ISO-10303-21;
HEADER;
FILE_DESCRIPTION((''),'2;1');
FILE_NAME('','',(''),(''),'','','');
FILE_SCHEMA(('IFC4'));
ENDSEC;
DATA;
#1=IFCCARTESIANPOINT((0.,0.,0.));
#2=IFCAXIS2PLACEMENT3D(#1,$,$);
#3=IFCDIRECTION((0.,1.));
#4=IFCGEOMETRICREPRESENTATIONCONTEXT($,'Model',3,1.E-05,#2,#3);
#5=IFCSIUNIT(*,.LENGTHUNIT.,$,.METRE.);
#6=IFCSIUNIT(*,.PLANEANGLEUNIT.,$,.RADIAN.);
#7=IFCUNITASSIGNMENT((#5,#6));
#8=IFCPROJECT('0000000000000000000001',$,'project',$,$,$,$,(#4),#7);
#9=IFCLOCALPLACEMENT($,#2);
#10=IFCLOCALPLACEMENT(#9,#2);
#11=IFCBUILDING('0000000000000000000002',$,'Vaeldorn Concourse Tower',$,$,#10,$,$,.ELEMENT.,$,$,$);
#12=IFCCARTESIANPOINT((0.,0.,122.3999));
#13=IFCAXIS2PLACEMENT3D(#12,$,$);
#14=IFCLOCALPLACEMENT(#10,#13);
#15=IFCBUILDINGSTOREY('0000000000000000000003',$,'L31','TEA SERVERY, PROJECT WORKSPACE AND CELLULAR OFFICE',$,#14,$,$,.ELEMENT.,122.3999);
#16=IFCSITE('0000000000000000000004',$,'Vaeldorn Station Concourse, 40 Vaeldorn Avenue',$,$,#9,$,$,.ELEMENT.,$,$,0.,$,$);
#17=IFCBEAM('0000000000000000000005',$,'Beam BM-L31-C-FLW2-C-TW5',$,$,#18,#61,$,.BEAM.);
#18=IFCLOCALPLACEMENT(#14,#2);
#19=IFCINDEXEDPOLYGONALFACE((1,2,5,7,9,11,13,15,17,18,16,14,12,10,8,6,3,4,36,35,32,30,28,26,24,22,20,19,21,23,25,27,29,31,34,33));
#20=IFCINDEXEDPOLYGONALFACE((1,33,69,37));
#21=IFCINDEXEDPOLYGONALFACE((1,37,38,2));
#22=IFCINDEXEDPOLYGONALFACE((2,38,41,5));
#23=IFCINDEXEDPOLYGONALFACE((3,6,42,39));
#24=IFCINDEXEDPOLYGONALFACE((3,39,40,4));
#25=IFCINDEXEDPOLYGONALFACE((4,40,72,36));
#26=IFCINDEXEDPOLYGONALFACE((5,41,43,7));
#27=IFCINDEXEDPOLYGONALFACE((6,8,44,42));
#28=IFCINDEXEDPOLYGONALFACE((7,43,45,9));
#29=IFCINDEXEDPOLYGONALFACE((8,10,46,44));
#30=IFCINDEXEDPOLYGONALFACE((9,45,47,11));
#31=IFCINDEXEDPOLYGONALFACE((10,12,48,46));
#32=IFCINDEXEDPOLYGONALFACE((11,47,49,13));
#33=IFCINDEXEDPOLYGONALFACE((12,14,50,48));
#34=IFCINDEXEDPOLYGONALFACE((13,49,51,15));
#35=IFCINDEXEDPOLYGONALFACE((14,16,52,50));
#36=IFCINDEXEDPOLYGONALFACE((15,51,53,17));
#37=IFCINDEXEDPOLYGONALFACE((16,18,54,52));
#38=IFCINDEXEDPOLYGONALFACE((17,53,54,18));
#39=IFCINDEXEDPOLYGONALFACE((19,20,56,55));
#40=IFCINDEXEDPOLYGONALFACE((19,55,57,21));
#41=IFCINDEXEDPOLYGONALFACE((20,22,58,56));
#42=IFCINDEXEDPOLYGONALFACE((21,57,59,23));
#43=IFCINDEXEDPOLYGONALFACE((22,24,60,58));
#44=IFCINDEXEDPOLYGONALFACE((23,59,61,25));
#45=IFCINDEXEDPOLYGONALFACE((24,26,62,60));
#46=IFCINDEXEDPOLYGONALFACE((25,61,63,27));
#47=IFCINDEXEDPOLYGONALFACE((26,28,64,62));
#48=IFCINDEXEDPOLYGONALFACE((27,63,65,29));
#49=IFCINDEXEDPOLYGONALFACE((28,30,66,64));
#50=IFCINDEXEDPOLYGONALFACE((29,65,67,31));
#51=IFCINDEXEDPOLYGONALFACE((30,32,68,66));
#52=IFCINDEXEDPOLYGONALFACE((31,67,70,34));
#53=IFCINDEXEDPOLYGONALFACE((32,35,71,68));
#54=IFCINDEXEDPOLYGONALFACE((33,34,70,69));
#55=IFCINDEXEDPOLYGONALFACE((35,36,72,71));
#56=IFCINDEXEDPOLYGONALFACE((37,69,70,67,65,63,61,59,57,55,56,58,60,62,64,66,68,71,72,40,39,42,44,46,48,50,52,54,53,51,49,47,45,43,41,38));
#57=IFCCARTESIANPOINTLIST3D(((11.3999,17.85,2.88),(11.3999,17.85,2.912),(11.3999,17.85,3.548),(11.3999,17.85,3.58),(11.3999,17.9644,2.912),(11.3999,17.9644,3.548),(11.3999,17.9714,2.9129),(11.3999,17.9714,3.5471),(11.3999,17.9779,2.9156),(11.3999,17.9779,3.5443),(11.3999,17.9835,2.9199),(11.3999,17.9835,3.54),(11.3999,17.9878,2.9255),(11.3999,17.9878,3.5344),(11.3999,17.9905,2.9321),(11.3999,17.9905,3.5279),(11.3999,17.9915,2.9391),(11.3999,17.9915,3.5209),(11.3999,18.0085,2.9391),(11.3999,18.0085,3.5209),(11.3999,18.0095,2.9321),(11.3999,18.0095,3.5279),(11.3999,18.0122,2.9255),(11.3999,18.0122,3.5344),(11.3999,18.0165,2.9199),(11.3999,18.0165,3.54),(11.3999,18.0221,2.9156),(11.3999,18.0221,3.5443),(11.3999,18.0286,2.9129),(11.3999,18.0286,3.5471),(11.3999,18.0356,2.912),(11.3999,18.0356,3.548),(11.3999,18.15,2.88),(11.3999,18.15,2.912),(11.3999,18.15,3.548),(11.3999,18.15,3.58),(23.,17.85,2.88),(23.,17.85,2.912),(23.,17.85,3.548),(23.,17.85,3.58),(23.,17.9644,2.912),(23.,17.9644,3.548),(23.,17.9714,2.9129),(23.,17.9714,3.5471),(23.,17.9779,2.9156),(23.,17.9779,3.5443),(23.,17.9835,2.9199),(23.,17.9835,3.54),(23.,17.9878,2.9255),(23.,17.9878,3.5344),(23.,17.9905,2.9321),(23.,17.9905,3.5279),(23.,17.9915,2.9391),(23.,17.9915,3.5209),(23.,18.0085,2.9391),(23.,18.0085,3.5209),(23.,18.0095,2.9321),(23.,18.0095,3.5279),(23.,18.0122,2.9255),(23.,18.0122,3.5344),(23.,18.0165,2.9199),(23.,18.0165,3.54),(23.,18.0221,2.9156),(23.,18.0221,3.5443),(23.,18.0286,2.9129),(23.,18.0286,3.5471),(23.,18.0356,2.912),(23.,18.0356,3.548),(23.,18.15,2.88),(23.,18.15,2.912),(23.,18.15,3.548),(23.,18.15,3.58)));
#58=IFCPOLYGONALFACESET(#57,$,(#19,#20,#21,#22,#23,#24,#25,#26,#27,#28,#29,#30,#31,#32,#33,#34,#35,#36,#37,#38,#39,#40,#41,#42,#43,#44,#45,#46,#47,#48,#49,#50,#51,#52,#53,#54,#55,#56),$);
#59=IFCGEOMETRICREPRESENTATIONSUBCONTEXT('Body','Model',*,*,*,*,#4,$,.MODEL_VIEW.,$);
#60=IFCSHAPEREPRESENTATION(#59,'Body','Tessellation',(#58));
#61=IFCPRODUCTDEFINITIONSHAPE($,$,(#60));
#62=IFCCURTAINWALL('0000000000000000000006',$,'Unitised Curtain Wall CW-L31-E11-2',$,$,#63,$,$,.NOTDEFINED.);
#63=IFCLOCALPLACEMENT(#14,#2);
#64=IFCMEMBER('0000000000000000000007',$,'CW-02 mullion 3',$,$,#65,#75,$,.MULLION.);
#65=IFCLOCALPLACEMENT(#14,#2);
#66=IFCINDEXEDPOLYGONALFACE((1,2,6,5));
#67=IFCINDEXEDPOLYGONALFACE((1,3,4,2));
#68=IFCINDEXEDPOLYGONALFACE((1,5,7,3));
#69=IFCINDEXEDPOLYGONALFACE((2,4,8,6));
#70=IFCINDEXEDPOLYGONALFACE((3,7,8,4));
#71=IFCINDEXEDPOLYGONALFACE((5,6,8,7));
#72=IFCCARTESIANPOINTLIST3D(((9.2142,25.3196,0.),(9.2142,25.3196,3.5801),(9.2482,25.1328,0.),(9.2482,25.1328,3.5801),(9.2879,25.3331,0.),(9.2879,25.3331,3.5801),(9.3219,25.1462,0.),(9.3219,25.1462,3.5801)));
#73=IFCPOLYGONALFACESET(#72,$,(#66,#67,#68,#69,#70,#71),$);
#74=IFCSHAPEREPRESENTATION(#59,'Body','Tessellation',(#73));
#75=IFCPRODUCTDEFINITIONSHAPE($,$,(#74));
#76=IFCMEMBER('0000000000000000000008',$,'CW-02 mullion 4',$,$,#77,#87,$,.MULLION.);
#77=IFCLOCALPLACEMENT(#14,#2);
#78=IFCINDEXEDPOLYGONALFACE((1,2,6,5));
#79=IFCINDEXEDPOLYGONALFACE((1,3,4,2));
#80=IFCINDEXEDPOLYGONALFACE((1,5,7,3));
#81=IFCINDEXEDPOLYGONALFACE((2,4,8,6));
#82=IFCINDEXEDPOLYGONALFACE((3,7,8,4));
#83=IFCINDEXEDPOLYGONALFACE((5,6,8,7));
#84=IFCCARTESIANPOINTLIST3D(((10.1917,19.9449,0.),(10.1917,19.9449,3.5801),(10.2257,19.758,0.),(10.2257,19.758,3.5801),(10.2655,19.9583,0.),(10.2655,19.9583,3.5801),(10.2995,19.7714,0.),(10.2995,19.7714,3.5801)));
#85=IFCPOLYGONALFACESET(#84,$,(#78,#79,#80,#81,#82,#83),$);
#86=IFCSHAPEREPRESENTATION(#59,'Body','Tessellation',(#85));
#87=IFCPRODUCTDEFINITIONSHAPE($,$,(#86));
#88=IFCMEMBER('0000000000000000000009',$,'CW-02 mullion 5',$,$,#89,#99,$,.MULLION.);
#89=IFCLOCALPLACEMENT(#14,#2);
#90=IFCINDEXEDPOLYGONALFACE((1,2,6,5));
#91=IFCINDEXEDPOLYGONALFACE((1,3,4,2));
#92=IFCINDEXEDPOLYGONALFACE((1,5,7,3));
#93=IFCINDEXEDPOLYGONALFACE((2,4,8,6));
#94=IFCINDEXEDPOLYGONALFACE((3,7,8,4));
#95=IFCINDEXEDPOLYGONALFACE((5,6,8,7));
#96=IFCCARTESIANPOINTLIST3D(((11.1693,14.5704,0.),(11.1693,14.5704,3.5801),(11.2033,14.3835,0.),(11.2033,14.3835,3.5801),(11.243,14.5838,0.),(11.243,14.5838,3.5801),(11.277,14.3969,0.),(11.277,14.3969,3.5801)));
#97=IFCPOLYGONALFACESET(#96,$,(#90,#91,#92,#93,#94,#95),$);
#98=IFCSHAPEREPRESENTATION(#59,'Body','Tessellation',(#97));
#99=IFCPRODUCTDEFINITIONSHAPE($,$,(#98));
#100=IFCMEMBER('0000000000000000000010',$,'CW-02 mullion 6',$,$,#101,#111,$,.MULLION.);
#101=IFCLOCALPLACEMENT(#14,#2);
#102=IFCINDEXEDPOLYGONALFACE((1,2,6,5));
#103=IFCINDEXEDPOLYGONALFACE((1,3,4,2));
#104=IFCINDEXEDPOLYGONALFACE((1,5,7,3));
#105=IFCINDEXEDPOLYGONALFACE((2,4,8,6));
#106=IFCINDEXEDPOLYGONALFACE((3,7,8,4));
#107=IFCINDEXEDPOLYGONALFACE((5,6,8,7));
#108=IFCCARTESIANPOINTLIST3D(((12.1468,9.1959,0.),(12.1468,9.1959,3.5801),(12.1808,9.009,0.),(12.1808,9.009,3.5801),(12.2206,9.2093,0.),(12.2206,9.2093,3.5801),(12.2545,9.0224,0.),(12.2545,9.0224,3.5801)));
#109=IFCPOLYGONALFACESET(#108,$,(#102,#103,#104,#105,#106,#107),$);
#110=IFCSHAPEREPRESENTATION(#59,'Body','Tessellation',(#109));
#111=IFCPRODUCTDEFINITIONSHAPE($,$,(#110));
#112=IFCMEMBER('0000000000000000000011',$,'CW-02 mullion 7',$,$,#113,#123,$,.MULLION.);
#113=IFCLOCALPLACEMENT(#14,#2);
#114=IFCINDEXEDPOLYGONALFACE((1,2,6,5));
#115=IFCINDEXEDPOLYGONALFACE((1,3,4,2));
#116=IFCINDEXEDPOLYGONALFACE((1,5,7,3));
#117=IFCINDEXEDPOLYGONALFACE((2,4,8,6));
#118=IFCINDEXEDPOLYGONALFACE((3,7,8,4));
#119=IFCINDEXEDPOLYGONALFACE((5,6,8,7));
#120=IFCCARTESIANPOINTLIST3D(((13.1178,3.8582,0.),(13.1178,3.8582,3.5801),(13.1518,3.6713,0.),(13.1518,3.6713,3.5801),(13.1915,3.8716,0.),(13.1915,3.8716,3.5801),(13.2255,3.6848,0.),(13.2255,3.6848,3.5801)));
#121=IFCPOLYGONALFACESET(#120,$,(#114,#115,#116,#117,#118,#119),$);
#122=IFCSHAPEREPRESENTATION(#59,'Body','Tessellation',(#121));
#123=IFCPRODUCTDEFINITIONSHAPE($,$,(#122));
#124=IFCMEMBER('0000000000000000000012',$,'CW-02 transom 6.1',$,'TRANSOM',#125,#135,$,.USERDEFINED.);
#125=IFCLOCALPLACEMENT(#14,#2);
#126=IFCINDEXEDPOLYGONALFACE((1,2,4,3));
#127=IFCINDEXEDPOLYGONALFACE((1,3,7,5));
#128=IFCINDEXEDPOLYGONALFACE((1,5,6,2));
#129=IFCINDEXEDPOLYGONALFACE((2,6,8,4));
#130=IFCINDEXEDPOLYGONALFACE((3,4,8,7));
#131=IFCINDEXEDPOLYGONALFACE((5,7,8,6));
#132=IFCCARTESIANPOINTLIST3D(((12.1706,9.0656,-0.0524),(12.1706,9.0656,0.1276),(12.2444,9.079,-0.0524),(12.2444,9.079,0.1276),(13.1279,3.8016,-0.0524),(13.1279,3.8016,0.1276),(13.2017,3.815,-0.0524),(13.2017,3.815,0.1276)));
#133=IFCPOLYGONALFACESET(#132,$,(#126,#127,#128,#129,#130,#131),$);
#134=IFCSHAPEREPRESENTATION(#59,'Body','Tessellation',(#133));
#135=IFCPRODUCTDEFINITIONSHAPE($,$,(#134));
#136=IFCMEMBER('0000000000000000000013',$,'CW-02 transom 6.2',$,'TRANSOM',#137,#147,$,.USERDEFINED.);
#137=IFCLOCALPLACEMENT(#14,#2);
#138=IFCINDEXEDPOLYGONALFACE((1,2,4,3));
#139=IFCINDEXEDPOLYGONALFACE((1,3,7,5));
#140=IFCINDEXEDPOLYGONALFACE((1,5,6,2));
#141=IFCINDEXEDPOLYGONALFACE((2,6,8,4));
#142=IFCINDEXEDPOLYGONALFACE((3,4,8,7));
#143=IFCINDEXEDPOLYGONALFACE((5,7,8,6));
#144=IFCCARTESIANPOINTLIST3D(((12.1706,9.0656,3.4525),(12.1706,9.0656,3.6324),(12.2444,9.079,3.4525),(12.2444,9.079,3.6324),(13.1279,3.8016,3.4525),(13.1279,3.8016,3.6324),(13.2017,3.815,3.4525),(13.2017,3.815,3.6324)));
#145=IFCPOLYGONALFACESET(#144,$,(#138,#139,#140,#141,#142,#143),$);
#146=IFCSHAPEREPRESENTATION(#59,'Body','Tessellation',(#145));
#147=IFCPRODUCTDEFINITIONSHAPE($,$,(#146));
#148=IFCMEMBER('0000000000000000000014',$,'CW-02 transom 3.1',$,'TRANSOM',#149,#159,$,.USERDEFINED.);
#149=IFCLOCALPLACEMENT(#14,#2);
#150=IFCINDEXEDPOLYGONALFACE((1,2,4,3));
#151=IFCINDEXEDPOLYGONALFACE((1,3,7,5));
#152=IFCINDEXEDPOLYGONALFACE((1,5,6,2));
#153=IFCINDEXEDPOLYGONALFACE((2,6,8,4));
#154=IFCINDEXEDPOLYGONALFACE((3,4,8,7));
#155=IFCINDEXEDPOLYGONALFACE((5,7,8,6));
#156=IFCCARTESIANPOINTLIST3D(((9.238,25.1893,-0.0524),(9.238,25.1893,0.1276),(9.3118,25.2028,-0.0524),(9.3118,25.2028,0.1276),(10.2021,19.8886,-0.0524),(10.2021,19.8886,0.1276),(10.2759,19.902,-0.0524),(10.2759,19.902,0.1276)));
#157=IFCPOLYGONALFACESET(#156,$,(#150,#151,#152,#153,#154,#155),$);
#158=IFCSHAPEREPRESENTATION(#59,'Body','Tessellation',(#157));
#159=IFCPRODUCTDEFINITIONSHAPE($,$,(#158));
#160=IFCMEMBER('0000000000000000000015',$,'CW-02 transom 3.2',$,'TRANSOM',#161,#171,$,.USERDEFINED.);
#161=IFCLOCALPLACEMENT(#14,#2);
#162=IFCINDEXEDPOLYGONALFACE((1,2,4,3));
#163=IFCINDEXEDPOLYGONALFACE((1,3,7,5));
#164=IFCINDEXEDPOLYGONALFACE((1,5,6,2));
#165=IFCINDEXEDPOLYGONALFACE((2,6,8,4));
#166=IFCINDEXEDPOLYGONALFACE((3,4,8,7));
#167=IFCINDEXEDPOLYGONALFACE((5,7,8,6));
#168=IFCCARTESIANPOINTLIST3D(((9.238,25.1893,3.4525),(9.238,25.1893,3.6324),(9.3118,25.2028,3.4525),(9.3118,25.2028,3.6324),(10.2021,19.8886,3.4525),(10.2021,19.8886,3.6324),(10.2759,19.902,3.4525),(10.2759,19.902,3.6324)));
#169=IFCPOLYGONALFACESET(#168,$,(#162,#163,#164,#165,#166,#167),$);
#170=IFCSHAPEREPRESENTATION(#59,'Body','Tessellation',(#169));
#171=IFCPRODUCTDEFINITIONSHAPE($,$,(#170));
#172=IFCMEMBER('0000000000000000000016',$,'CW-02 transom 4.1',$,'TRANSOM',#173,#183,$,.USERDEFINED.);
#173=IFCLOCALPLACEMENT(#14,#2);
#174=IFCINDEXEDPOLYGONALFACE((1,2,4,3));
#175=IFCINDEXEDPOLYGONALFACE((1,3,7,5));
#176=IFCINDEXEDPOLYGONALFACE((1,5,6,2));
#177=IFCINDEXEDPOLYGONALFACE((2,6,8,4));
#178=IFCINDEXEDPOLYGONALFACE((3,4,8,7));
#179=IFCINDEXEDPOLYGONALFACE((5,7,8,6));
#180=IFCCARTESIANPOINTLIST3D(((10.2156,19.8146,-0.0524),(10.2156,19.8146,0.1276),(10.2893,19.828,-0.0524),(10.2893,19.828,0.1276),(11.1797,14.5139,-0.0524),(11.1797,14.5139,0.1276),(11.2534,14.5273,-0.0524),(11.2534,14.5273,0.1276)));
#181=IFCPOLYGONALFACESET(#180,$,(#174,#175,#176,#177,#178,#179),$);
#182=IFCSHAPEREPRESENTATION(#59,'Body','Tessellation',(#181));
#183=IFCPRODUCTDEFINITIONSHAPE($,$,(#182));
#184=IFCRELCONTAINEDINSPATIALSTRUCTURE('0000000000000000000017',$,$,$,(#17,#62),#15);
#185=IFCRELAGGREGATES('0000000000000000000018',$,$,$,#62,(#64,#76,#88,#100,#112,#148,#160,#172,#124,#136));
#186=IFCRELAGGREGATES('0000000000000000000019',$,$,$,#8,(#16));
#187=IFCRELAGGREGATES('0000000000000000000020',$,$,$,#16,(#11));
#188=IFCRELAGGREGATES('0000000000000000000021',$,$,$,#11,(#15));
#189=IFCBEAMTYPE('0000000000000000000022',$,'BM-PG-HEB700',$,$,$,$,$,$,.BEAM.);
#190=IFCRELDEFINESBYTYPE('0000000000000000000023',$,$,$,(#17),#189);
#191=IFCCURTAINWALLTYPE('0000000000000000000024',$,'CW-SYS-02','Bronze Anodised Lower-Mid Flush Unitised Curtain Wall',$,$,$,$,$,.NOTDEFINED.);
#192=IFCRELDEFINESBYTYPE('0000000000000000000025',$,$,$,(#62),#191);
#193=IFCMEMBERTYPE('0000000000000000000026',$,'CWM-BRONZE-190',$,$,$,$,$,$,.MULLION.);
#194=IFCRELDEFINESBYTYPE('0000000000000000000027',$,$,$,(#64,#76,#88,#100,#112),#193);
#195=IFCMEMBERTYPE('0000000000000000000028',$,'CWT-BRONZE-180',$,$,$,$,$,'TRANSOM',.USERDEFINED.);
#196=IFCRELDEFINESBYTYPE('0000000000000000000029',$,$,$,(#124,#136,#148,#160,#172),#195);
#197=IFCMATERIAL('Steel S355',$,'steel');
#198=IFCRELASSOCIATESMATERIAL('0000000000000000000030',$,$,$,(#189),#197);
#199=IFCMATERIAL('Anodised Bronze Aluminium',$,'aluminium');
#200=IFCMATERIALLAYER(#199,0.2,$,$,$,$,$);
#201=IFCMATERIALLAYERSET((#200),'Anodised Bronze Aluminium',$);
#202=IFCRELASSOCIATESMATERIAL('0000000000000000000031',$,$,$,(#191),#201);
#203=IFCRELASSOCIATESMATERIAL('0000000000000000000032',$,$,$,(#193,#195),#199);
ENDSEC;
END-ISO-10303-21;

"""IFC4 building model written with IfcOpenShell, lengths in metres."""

from ifc_helpers import new_model, si_unit, direction, frame, origin, origin_2d, place, context, subcontext, project, spatial, rectangle, i_section, extrude, source, transform, mapped, material, layer, layer_set, material_profile, profile_set, type_object, element, aggregate, save


model = new_model("IFC4")

# Units and contexts
model_context = context("Model", 3, precision=1e-05, world=origin(), true_north=direction((0.0, 1.0)))
body_context = subcontext(model_context, "Body", "Model", "MODEL_VIEW")
ifc_project = project(units=[si_unit("LENGTHUNIT", "METRE"), si_unit("PLANEANGLEUNIT", "RADIAN")], contexts=[model_context])

# Site, building, storey
site_placement = place(None, origin())
site = spatial("IfcSite", under=ifc_project, at=site_placement, Name="Vaeldorn Station Concourse, 40 Vaeldorn Avenue", CompositionType="ELEMENT", RefElevation=0.0)
building_placement = place(site_placement, origin())
building = spatial("IfcBuilding", under=site, at=building_placement, Name="Vaeldorn Concourse Tower", CompositionType="ELEMENT")
storey_placement = place(building_placement, frame((0.0, 0.0, 122.3999)))
storey = spatial("IfcBuildingStorey", under=building, at=storey_placement, Name="L31", Description="TEA SERVERY, PROJECT WORKSPACE AND CELLULAR OFFICE", CompositionType="ELEMENT", Elevation=122.3999)

# Beam
ifc_material_1 = material(Name="Steel S355", Category="steel")
ifc_material_profile_1 = material_profile(ifc_material_1, i_section(OverallWidth=0.3, OverallDepth=0.7, WebThickness=0.0171, FlangeThickness=0.032, FilletRadius=0.0271, at=origin_2d()), Name="HEB 700")
ifc_profile_set_1 = profile_set([ifc_material_profile_1], Name="Steel S355")
beam_type_1 = type_object("IfcBeamType", Name="BM-PG-HEB700", PredefinedType="BEAM", material=ifc_profile_set_1)
shared_shape_1 = source(origin(), body_context, "Body", "SweptSolid", [
    extrude(i_section(OverallWidth=0.3, OverallDepth=0.7, WebThickness=0.0171, FlangeThickness=0.032, FilletRadius=0.0271, at=origin_2d()), origin(), (0.0, 0.0, 1.0), 11.6001),
])
beam_1_placement = place(storey_placement, frame((11.3999, 18.0, 3.23), z_axis=(1.0, 0.0, 0.0), x_axis=(0.0, 1.0, 0.0)))
element("IfcBeam", 1, at=beam_1_placement, inside=storey, type_object=beam_type_1, Name="Beam BM-L31-C-FLW2-C-TW5", PredefinedType="BEAM", context=body_context, shape_type="MappedRepresentation", body=[
    mapped(shared_shape_1, transform((0.0, 0.0, 0.0), scale=1.0)),
])

# Curtain wall, members
ifc_material_2 = material(Name="Anodised Bronze Aluminium", Category="aluminium")
ifc_layer_1 = layer(ifc_material_2, 0.2)
ifc_layer_set_1 = layer_set([ifc_layer_1], Name="Anodised Bronze Aluminium")
curtain_wall_type = type_object("IfcCurtainWallType", Name="CW-SYS-02", Description="Bronze Anodised Lower-Mid Flush Unitised Curtain Wall", PredefinedType="NOTDEFINED", material=ifc_layer_set_1)
curtain_wall_placement = place(storey_placement, origin())
curtain_wall = element("IfcCurtainWall", 2, at=curtain_wall_placement, inside=storey, type_object=curtain_wall_type, Name="Unitised Curtain Wall CW-L31-E11-2", PredefinedType="NOTDEFINED")
ifc_material_profile_2 = material_profile(ifc_material_2, rectangle(XDim=0.075, YDim=0.1899, at=origin_2d()), Name="CWM 75x190")
ifc_profile_set_2 = profile_set([ifc_material_profile_2], Name="Anodised Bronze Aluminium")
member_type_1 = type_object("IfcMemberType", Name="CWM-BRONZE-190", PredefinedType="MULLION", material=ifc_profile_set_2)
shared_shape_2 = source(origin(), body_context, "Body", "SweptSolid", [
    extrude(rectangle(XDim=0.075, YDim=0.1899, at=origin_2d()), origin(), (0.0, 0.0, 1.0), 3.5801),
])
member_1_placement = place(storey_placement, frame((9.2681, 25.2329, 0.0), z_axis=(0.0, 0.0, 1.0), x_axis=(0.983859, 0.178945, 0.0)))
member_1 = element("IfcMember", 3, at=member_1_placement, type_object=member_type_1, Name="CW-02 mullion 3", PredefinedType="MULLION", context=body_context, shape_type="MappedRepresentation", body=[
    mapped(shared_shape_2, transform((0.0, 0.0, 0.0), scale=1.0)),
])
member_2_placement = place(storey_placement, frame((10.2456, 19.8582, 0.0), z_axis=(0.0, 0.0, 1.0), x_axis=(0.983859, 0.178945, 0.0)))
member_2 = element("IfcMember", 4, at=member_2_placement, type_object=member_type_1, Name="CW-02 mullion 4", PredefinedType="MULLION", context=body_context, shape_type="MappedRepresentation", body=[
    mapped(shared_shape_2, transform((0.0, 0.0, 0.0), scale=1.0)),
])
member_3_placement = place(storey_placement, frame((11.2231, 14.4836, 0.0), z_axis=(0.0, 0.0, 1.0), x_axis=(0.983859, 0.178945, 0.0)))
member_3 = element("IfcMember", 5, at=member_3_placement, type_object=member_type_1, Name="CW-02 mullion 5", PredefinedType="MULLION", context=body_context, shape_type="MappedRepresentation", body=[
    mapped(shared_shape_2, transform((0.0, 0.0, 0.0), scale=1.0)),
])
member_4_placement = place(storey_placement, frame((12.2007, 9.1091, 0.0), z_axis=(0.0, 0.0, 1.0), x_axis=(0.983859, 0.178945, 0.0)))
member_4 = element("IfcMember", 6, at=member_4_placement, type_object=member_type_1, Name="CW-02 mullion 6", PredefinedType="MULLION", context=body_context, shape_type="MappedRepresentation", body=[
    mapped(shared_shape_2, transform((0.0, 0.0, 0.0), scale=1.0)),
])
member_5_placement = place(storey_placement, frame((13.1716, 3.7715, 0.0), z_axis=(0.0, 0.0, 1.0), x_axis=(0.983859, 0.178945, 0.0)))
member_5 = element("IfcMember", 7, at=member_5_placement, type_object=member_type_1, Name="CW-02 mullion 7", PredefinedType="MULLION", context=body_context, shape_type="MappedRepresentation", body=[
    mapped(shared_shape_2, transform((0.0, 0.0, 0.0), scale=1.0)),
])
ifc_material_profile_3 = material_profile(ifc_material_2, rectangle(XDim=0.075, YDim=0.1799, at=origin_2d()), Name="CWT 75x180")
ifc_profile_set_3 = profile_set([ifc_material_profile_3], Name="Anodised Bronze Aluminium")
member_type_2 = type_object("IfcMemberType", Name="CWT-BRONZE-180", ElementType="TRANSOM", PredefinedType="USERDEFINED", material=ifc_profile_set_3)
shared_shape_3 = source(origin(), body_context, "Body", "SweptSolid", [
    extrude(rectangle(XDim=0.075, YDim=0.1799, at=origin_2d()), origin(), (0.0, 0.0, 1.0), 5.3503),
])
member_6_placement = place(storey_placement, frame((12.2075, 9.0723, 0.0376), z_axis=(0.178922, -0.983863, 0.0), x_axis=(0.983863, 0.178922, 0.0)))
member_6 = element("IfcMember", 8, at=member_6_placement, type_object=member_type_2, Name="CW-02 transom 6.1", ObjectType="TRANSOM", PredefinedType="USERDEFINED", context=body_context, shape_type="MappedRepresentation", body=[
    mapped(shared_shape_3, transform((0.0, 0.0, 0.0), scale=1.0)),
])
member_7_placement = place(storey_placement, frame((12.2075, 9.0723, 3.5425), z_axis=(0.178922, -0.983863, 0.0), x_axis=(0.983863, 0.178922, 0.0)))
member_7 = element("IfcMember", 9, at=member_7_placement, type_object=member_type_2, Name="CW-02 transom 6.2", ObjectType="TRANSOM", PredefinedType="USERDEFINED", context=body_context, shape_type="MappedRepresentation", body=[
    mapped(shared_shape_3, transform((0.0, 0.0, 0.0), scale=1.0)),
])
shared_shape_4 = source(origin(), body_context, "Body", "SweptSolid", [
    extrude(rectangle(XDim=0.075, YDim=0.1799, at=origin_2d()), origin(), (0.0, 0.0, 1.0), 5.3877),
])
member_8_placement = place(storey_placement, frame((9.2749, 25.196, 0.0376), z_axis=(0.178945, -0.983859, 0.0), x_axis=(0.983859, 0.178945, 0.0)))
member_8 = element("IfcMember", 10, at=member_8_placement, type_object=member_type_2, Name="CW-02 transom 3.1", ObjectType="TRANSOM", PredefinedType="USERDEFINED", context=body_context, shape_type="MappedRepresentation", body=[
    mapped(shared_shape_4, transform((0.0, 0.0, 0.0), scale=1.0)),
])
member_9_placement = place(storey_placement, frame((9.2749, 25.196, 3.5425), z_axis=(0.178945, -0.983859, 0.0), x_axis=(0.983859, 0.178945, 0.0)))
member_9 = element("IfcMember", 11, at=member_9_placement, type_object=member_type_2, Name="CW-02 transom 3.2", ObjectType="TRANSOM", PredefinedType="USERDEFINED", context=body_context, shape_type="MappedRepresentation", body=[
    mapped(shared_shape_4, transform((0.0, 0.0, 0.0), scale=1.0)),
])
member_10_placement = place(storey_placement, frame((10.2524, 19.8213, 0.0376), z_axis=(0.178945, -0.983859, 0.0), x_axis=(0.983859, 0.178945, 0.0)))
member_10 = element("IfcMember", 12, at=member_10_placement, type_object=member_type_2, Name="CW-02 transom 4.1", ObjectType="TRANSOM", PredefinedType="USERDEFINED", context=body_context, shape_type="MappedRepresentation", body=[
    mapped(shared_shape_4, transform((0.0, 0.0, 0.0), scale=1.0)),
])
aggregate(curtain_wall, [member_1, member_2, member_3, member_4, member_5, member_8, member_9, member_10, member_6, member_7])

save(model, "model.ifc")
